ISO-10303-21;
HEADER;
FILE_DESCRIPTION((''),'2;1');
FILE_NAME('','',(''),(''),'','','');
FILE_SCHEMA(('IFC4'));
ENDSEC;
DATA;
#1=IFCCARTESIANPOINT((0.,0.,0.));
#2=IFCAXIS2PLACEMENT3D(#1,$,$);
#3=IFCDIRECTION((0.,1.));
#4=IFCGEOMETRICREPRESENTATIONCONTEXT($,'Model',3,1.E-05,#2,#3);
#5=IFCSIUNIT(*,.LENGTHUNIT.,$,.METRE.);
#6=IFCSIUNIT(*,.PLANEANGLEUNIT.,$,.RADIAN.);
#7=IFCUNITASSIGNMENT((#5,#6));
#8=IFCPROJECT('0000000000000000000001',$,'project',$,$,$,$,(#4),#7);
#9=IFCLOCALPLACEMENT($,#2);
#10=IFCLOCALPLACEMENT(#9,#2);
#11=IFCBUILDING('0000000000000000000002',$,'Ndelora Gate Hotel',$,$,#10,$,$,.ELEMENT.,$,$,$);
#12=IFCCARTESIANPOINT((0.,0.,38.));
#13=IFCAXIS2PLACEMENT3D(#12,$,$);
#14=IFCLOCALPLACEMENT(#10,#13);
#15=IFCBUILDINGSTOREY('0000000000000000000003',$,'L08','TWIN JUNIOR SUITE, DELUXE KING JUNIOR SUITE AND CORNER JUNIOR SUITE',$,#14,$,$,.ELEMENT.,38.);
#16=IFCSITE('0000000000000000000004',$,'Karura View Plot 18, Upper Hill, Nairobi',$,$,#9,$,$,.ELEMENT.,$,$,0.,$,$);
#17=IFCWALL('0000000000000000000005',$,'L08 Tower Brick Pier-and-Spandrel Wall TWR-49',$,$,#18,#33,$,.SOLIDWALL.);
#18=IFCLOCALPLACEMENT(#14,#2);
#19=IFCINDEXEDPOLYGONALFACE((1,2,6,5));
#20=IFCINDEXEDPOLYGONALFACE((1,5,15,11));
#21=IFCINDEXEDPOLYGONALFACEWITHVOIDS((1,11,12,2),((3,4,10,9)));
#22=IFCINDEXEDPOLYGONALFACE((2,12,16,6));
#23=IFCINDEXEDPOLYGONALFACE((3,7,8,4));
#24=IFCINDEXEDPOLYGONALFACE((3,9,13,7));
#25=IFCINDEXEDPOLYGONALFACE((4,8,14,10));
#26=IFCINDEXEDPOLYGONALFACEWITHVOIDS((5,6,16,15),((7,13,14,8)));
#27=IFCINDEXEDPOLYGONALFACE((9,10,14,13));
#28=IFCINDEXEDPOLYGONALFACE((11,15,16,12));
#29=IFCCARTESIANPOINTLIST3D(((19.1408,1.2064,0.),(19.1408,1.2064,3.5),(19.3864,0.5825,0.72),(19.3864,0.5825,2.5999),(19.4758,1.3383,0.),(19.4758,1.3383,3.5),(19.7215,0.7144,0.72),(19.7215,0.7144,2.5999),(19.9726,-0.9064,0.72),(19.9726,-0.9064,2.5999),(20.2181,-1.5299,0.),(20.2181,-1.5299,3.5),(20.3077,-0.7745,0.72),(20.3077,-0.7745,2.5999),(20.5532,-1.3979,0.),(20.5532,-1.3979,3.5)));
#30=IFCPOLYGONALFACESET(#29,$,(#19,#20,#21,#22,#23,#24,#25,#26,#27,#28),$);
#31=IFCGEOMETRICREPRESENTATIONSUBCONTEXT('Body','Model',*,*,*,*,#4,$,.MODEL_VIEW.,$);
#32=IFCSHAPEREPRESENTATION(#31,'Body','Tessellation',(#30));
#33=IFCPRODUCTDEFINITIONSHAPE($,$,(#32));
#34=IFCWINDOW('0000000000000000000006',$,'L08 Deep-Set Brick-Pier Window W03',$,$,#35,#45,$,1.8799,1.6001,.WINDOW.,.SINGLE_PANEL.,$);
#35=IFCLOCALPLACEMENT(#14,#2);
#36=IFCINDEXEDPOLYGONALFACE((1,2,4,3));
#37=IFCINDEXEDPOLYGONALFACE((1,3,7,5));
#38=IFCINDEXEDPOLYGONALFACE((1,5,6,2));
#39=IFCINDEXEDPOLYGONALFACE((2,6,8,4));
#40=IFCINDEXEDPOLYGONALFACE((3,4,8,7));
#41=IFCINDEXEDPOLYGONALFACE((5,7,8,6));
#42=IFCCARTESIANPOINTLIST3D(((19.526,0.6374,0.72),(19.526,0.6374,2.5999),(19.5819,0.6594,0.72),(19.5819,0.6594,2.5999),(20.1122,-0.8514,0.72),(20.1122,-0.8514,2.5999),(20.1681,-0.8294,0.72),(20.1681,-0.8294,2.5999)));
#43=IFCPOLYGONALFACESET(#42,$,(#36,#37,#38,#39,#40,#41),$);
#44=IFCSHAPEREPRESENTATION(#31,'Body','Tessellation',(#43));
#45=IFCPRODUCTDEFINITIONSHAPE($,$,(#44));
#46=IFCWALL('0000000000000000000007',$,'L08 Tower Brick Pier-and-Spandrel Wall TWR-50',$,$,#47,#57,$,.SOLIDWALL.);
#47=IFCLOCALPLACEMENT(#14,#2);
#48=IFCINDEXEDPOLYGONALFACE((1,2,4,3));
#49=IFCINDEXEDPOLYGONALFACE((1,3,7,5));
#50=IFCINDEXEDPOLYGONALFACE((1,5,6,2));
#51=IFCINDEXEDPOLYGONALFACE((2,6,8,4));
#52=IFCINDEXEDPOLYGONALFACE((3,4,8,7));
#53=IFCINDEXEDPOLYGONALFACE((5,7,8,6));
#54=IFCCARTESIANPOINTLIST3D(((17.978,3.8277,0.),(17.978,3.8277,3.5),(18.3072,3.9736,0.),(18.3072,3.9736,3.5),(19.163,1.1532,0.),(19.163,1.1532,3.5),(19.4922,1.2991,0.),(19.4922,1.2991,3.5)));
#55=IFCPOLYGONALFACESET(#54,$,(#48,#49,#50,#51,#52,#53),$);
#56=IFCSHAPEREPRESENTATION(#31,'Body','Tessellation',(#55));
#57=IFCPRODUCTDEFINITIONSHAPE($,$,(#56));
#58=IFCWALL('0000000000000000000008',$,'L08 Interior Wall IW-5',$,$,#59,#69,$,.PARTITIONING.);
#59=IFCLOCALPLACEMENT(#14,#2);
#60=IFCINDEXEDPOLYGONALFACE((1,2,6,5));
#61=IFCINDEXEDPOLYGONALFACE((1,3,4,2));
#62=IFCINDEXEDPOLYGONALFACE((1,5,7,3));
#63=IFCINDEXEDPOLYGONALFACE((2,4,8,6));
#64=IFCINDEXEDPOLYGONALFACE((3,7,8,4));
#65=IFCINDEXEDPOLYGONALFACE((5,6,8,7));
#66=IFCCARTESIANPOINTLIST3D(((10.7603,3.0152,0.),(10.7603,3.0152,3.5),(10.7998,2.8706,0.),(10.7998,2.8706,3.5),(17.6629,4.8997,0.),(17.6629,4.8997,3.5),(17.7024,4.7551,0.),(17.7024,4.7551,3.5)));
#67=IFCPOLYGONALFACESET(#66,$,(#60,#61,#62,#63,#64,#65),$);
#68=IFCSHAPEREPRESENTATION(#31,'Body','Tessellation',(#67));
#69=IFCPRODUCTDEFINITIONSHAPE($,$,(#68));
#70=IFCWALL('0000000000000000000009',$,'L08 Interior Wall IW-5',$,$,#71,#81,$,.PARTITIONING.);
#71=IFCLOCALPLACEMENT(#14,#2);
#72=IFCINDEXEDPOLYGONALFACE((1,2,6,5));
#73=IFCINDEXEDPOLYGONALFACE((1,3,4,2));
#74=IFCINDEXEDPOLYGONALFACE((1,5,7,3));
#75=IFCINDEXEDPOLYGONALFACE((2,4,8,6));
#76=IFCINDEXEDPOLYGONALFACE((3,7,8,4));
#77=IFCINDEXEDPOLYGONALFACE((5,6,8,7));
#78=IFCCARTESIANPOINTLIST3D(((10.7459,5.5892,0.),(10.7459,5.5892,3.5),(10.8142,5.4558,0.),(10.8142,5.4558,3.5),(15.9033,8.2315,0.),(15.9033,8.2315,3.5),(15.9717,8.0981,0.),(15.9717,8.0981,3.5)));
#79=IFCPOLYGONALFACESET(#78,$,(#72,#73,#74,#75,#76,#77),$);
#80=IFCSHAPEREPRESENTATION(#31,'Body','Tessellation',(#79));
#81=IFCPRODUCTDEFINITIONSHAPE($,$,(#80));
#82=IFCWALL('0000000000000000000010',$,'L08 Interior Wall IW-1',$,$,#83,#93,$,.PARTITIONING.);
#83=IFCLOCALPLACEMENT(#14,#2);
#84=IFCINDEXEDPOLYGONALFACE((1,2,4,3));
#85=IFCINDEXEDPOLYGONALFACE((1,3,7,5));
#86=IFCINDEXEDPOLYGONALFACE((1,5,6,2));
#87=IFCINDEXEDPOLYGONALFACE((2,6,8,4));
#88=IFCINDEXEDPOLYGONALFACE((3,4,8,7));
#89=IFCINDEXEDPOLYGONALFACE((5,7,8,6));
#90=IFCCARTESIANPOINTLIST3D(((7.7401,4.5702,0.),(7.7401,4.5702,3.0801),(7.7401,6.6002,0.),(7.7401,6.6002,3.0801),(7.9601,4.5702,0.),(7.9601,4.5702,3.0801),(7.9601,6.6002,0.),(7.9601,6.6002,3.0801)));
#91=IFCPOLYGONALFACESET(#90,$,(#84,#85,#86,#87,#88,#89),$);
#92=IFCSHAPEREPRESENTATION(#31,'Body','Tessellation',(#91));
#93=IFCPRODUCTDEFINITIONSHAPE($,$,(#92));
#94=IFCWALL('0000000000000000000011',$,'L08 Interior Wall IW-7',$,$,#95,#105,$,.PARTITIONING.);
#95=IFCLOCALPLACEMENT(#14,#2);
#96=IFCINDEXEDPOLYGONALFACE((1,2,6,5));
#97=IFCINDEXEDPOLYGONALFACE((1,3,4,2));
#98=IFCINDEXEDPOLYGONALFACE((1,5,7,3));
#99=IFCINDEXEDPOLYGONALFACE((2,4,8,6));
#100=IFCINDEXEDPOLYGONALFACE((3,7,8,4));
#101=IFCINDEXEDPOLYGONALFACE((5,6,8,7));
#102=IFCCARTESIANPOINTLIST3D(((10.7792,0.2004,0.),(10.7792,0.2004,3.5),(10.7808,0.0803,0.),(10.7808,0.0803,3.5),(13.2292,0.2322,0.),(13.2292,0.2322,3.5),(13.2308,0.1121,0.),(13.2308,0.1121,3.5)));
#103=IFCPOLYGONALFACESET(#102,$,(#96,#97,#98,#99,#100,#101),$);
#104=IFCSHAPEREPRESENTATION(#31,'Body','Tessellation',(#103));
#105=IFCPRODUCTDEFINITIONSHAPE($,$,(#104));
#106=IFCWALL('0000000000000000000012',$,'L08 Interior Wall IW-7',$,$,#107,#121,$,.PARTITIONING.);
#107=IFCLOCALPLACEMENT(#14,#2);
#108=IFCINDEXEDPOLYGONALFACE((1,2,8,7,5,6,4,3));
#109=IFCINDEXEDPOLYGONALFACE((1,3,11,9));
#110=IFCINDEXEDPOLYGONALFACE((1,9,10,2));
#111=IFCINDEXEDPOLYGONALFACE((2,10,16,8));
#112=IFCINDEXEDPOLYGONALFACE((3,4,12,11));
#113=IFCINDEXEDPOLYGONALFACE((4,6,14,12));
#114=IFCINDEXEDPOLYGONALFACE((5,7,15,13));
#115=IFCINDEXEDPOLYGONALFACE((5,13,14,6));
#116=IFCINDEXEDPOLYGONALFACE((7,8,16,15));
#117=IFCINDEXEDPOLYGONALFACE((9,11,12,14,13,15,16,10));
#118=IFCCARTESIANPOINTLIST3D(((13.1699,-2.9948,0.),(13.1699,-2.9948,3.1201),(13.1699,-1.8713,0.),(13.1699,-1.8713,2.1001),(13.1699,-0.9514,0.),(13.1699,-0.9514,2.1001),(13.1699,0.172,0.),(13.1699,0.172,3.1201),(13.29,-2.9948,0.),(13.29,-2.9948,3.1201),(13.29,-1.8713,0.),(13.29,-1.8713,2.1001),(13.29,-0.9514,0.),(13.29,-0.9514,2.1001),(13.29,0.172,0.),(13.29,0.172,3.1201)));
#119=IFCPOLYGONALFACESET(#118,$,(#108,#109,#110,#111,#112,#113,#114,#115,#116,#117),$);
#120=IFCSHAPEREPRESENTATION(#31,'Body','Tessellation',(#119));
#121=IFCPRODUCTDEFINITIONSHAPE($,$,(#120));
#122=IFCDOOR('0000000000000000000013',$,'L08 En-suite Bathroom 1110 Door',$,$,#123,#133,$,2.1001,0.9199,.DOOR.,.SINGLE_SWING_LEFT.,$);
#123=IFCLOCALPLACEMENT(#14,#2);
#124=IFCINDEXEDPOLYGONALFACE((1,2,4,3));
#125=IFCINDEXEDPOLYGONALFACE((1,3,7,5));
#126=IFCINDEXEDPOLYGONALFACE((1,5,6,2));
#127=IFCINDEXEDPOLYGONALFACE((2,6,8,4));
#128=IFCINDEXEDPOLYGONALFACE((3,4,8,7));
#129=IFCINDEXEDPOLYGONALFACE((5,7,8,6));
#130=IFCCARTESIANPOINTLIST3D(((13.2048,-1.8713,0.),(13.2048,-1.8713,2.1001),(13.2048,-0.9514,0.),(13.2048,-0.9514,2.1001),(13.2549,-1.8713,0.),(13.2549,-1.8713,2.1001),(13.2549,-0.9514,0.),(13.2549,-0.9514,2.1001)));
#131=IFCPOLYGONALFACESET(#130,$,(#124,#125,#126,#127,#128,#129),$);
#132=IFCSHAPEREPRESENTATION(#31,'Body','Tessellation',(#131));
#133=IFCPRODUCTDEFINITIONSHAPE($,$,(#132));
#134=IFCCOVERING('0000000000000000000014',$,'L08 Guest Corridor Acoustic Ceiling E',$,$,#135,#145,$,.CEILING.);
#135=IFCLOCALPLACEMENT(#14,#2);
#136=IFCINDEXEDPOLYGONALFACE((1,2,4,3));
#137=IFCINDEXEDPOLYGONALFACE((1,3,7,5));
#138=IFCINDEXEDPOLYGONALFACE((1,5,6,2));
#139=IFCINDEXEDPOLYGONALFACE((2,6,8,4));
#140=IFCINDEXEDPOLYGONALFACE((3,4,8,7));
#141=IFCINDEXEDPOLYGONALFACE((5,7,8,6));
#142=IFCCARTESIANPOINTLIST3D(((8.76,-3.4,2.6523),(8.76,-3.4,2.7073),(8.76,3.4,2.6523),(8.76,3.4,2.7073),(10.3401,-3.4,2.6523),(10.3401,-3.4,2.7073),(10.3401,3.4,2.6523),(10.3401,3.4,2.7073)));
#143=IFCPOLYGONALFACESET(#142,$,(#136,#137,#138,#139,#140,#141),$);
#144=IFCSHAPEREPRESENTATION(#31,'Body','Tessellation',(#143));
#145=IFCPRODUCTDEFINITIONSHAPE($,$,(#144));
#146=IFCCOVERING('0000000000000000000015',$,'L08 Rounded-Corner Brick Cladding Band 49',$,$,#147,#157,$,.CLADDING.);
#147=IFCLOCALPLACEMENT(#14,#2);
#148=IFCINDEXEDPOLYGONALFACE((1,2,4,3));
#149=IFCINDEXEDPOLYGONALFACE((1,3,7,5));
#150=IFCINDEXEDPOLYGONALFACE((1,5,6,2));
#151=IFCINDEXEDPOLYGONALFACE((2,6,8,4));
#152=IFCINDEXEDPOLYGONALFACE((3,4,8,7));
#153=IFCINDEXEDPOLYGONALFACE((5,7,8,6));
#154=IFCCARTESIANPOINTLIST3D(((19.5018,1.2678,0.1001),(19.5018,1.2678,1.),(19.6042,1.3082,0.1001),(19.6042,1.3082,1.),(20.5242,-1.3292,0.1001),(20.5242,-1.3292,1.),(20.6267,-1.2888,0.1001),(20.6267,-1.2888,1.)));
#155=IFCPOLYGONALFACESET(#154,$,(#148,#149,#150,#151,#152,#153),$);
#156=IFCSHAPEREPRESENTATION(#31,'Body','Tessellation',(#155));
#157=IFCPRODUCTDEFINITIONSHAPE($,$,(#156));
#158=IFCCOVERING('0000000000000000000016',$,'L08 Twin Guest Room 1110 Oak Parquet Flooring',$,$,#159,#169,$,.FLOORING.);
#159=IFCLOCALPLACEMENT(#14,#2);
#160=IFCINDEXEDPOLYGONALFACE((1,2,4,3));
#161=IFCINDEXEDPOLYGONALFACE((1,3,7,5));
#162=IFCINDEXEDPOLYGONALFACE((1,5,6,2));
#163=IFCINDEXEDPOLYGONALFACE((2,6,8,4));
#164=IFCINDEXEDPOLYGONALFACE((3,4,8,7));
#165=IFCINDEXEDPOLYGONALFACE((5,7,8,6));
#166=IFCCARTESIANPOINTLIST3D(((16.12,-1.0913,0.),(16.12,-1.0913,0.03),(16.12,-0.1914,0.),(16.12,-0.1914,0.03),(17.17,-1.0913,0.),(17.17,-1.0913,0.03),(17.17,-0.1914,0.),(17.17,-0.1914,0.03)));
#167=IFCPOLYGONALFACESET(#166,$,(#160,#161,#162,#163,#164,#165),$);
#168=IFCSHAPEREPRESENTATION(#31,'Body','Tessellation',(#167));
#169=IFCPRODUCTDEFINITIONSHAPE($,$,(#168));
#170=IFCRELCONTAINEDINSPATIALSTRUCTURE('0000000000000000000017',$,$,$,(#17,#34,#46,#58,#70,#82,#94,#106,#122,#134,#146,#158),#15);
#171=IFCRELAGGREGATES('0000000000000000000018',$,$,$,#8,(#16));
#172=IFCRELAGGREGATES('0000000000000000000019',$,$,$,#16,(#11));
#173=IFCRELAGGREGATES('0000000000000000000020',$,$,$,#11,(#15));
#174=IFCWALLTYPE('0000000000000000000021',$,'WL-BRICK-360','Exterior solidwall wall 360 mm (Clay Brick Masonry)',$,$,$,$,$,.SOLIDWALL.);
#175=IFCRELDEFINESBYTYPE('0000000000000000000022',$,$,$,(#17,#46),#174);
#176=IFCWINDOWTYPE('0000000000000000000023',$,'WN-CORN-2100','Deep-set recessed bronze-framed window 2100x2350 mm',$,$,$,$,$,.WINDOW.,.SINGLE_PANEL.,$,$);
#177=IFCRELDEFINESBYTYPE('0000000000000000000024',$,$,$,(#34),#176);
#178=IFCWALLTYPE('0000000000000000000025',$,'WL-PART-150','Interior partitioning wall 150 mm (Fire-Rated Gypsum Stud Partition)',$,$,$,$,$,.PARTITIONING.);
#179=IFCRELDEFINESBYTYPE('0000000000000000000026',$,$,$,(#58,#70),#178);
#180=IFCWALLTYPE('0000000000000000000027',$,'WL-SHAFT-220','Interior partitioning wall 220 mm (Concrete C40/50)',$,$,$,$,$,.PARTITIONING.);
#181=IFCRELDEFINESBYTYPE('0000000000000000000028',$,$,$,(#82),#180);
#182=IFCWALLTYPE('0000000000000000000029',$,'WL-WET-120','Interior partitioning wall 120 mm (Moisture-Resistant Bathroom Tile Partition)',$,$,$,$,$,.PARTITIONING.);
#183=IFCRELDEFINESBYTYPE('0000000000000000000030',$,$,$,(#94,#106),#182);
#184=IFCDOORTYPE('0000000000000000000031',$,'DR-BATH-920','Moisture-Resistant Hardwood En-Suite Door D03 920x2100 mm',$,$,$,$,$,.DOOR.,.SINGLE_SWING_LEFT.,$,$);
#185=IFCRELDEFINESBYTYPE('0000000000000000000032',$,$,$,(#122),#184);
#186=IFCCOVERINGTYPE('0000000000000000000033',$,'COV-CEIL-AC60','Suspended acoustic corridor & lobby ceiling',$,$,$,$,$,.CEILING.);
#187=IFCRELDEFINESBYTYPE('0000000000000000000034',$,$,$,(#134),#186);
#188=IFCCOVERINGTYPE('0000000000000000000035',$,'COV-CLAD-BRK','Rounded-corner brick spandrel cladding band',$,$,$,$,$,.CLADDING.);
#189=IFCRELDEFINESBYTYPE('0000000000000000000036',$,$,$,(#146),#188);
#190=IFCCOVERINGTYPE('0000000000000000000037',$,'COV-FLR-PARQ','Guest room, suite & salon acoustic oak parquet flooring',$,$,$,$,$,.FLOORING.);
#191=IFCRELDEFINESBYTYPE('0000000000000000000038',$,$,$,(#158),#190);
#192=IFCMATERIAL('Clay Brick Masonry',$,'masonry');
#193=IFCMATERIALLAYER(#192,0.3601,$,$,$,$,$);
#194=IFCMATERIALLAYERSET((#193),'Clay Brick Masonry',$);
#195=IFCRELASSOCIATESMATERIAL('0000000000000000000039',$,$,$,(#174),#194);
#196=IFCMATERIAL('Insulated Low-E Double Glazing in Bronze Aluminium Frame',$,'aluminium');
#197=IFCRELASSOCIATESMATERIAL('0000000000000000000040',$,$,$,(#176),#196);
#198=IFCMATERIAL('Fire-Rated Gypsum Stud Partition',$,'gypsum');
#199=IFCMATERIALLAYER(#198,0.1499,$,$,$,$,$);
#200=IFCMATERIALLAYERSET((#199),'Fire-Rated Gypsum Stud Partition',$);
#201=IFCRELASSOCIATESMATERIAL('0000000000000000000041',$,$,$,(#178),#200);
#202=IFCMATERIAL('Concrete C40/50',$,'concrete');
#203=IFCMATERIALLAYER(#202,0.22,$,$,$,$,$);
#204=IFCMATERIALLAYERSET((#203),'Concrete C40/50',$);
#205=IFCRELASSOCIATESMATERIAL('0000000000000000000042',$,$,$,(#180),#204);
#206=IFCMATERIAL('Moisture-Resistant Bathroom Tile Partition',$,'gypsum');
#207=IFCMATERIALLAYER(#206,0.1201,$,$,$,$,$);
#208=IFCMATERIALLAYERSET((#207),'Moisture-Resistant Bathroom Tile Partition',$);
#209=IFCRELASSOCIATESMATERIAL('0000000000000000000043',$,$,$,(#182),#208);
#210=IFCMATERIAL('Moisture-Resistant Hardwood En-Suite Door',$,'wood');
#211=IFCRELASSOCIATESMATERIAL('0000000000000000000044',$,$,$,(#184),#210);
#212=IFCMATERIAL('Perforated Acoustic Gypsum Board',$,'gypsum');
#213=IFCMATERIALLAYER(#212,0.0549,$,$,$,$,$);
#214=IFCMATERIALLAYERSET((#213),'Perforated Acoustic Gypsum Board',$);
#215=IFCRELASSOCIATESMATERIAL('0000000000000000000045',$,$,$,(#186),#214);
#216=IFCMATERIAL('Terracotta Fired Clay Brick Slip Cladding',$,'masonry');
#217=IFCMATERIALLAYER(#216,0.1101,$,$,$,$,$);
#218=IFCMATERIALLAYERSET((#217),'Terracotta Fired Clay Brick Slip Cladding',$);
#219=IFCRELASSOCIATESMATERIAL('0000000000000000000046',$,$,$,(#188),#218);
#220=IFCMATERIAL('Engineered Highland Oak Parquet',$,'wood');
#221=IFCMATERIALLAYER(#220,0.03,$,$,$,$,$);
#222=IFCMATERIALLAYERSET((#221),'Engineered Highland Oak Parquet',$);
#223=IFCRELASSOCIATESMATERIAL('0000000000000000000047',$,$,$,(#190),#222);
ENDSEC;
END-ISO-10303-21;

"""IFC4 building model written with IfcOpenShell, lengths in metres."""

from ifc_helpers import new_model, si_unit, direction, frame, frame_2d, origin, origin_2d, place, context, subcontext, project, spatial, rectangle, extrude, material, layer, layer_set, type_object, element, fill, save


model = new_model("IFC4")

# Units and contexts
model_context = context("Model", 3, precision=1e-05, world=origin(), true_north=direction((0.0, 1.0)))
body_context = subcontext(model_context, "Body", "Model", "MODEL_VIEW")
ifc_project = project(units=[si_unit("LENGTHUNIT", "METRE"), si_unit("PLANEANGLEUNIT", "RADIAN")], contexts=[model_context])

# Site, building, storey
site_placement = place(None, origin())
site = spatial("IfcSite", under=ifc_project, at=site_placement, Name="Karura View Plot 18, Upper Hill, Nairobi", CompositionType="ELEMENT", RefElevation=0.0)
building_placement = place(site_placement, origin())
building = spatial("IfcBuilding", under=site, at=building_placement, Name="Ndelora Gate Hotel", CompositionType="ELEMENT")
storey_placement = place(building_placement, frame((0.0, 0.0, 38.0)))
storey = spatial("IfcBuildingStorey", under=building, at=storey_placement, Name="L08", Description="TWIN JUNIOR SUITE, DELUXE KING JUNIOR SUITE AND CORNER JUNIOR SUITE", CompositionType="ELEMENT", Elevation=38.0)

# Wall, opening, window
ifc_material_1 = material(Name="Clay Brick Masonry", Category="masonry")
ifc_layer_1 = layer(ifc_material_1, 0.3601)
ifc_layer_set_1 = layer_set([ifc_layer_1], Name="Clay Brick Masonry")
wall_type_1 = type_object("IfcWallType", Name="WL-BRICK-360", Description="Exterior solidwall wall 360 mm (Clay Brick Masonry)", PredefinedType="SOLIDWALL", material=ifc_layer_set_1)
wall_1_placement = place(storey_placement, frame((19.3083, 1.2722, 0.0), z_axis=(0.0, 0.0, 1.0), x_axis=(0.366361, -0.930473, 0.0)))
wall_1 = element("IfcWall", 1, at=wall_1_placement, inside=storey, type_object=wall_type_1, Name="L08 Tower Brick Pier-and-Spandrel Wall TWR-49", PredefinedType="SOLIDWALL", context=body_context, shape_type="SweptSolid", body=[
    extrude(rectangle(XDim=2.9407, YDim=0.3601, at=frame_2d((1.4702, 0.0))), origin(), (0.0, 0.0, 1.0), 3.5),
])
opening_1_placement = place(wall_1_placement, frame((0.6704, 0.0, 0.72)))
opening_1 = element("IfcOpeningElement", 2, at=opening_1_placement, cuts=wall_1, PredefinedType="OPENING", context=body_context, shape_type="SweptSolid", body=[
    extrude(rectangle(XDim=1.6001, YDim=1.8799, at=frame_2d((0.8, 0.9399))), frame((0.0, 0.1899, 0.0), z_axis=(0.0, -1.0, 0.0), x_axis=(1.0, 0.0, 0.0)), (0.0, 0.0, 1.0), 0.3801),
])
ifc_material_2 = material(Name="Insulated Low-E Double Glazing in Bronze Aluminium Frame", Category="aluminium")
window_type = type_object("IfcWindowType", Name="WN-CORN-2100", Description="Deep-set recessed bronze-framed window 2100x2350 mm", PartitioningType="SINGLE_PANEL", PredefinedType="WINDOW", material=ifc_material_2)
window_placement = place(opening_1_placement, origin())
window = element("IfcWindow", 3, at=window_placement, inside=storey, type_object=window_type, Name="L08 Deep-Set Brick-Pier Window W03", OverallHeight=1.8799, OverallWidth=1.6001, PartitioningType="SINGLE_PANEL", PredefinedType="WINDOW", context=body_context, shape_type="SweptSolid", body=[
    extrude(rectangle(XDim=1.6001, YDim=1.8799, at=frame_2d((0.8, 0.9399))), frame((0.0, 0.03, 0.0), z_axis=(0.0, -1.0, 0.0), x_axis=(1.0, 0.0, 0.0)), (0.0, 0.0, 1.0), 0.0601),
])
fill(opening_1, window)

# Wall
wall_2_placement = place(storey_placement, frame((18.1426, 3.9006, 0.0), z_axis=(0.0, 0.0, 1.0), x_axis=(0.405101, -0.914272, 0.0)))
element("IfcWall", 4, at=wall_2_placement, inside=storey, type_object=wall_type_1, Name="L08 Tower Brick Pier-and-Spandrel Wall TWR-50", PredefinedType="SOLIDWALL", context=body_context, shape_type="SweptSolid", body=[
    extrude(rectangle(XDim=2.9253, YDim=0.3601, at=frame_2d((1.4626, 0.0))), origin(), (0.0, 0.0, 1.0), 3.5),
])

# Shared definitions
ifc_material_3 = material(Name="Concrete C40/50", Category="concrete")

# Walls
ifc_material_4 = material(Name="Fire-Rated Gypsum Stud Partition", Category="gypsum")
ifc_layer_2 = layer(ifc_material_4, 0.1499)
ifc_layer_set_2 = layer_set([ifc_layer_2], Name="Fire-Rated Gypsum Stud Partition")
wall_type_2 = type_object("IfcWallType", Name="WL-PART-150", Description="Interior partitioning wall 150 mm (Fire-Rated Gypsum Stud Partition)", PredefinedType="PARTITIONING", material=ifc_layer_set_2)
wall_3_placement = place(storey_placement, frame((10.78, 2.9429, 0.0), z_axis=(0.0, 0.0, 1.0), x_axis=(0.964693, 0.263377, 0.0)))
element("IfcWall", 5, at=wall_3_placement, inside=storey, type_object=wall_type_2, Name="L08 Interior Wall IW-5", PredefinedType="PARTITIONING", context=body_context, shape_type="SweptSolid", body=[
    extrude(rectangle(XDim=7.1553, YDim=0.1499, at=frame_2d((3.5776, 0.0))), origin(), (0.0, 0.0, 1.0), 3.5),
])
wall_4_placement = place(storey_placement, frame((10.78, 5.5225, 0.0), z_axis=(0.0, 0.0, 1.0), x_axis=(0.889994, 0.455972, 0.0)))
element("IfcWall", 6, at=wall_4_placement, inside=storey, type_object=wall_type_2, Name="L08 Interior Wall IW-5", PredefinedType="PARTITIONING", context=body_context, shape_type="SweptSolid", body=[
    extrude(rectangle(XDim=5.7949, YDim=0.1499, at=frame_2d((2.8975, 0.0))), origin(), (0.0, 0.0, 1.0), 3.5),
])
ifc_layer_3 = layer(ifc_material_3, 0.22)
ifc_layer_set_3 = layer_set([ifc_layer_3], Name="Concrete C40/50")
wall_type_3 = type_object("IfcWallType", Name="WL-SHAFT-220", Description="Interior partitioning wall 220 mm (Concrete C40/50)", PredefinedType="PARTITIONING", material=ifc_layer_set_3)
wall_5_placement = place(storey_placement, frame((7.8501, 4.5701, 0.0), z_axis=(0.0, 0.0, 1.0), x_axis=(0.0, 1.0, 0.0)))
element("IfcWall", 7, at=wall_5_placement, inside=storey, type_object=wall_type_3, Name="L08 Interior Wall IW-1", PredefinedType="PARTITIONING", context=body_context, shape_type="SweptSolid", body=[
    extrude(rectangle(XDim=2.03, YDim=0.22, at=frame_2d((1.0151, 0.0))), origin(), (0.0, 0.0, 1.0), 3.0801),
])
ifc_material_5 = material(Name="Moisture-Resistant Bathroom Tile Partition", Category="gypsum")
ifc_layer_4 = layer(ifc_material_5, 0.1201)
ifc_layer_set_4 = layer_set([ifc_layer_4], Name="Moisture-Resistant Bathroom Tile Partition")
wall_type_4 = type_object("IfcWallType", Name="WL-WET-120", Description="Interior partitioning wall 120 mm (Moisture-Resistant Bathroom Tile Partition)", PredefinedType="PARTITIONING", material=ifc_layer_set_4)
wall_6_placement = place(storey_placement, frame((13.23, 0.1721, 0.0), z_axis=(0.0, 0.0, 1.0), x_axis=(-0.999916, -0.012954, 0.0)))
element("IfcWall", 8, at=wall_6_placement, inside=storey, type_object=wall_type_4, Name="L08 Interior Wall IW-7", PredefinedType="PARTITIONING", context=body_context, shape_type="SweptSolid", body=[
    extrude(rectangle(XDim=2.4502, YDim=0.1201, at=frame_2d((1.2251, 0.0))), origin(), (0.0, 0.0, 1.0), 3.5),
])

# Wall, opening, door
wall_7_placement = place(storey_placement, frame((13.23, 0.1721, 0.0), z_axis=(0.0, 0.0, 1.0), x_axis=(0.0, -1.0, 0.0)))
wall_7 = element("IfcWall", 9, at=wall_7_placement, inside=storey, type_object=wall_type_4, Name="L08 Interior Wall IW-7", PredefinedType="PARTITIONING", context=body_context, shape_type="SweptSolid", body=[
    extrude(rectangle(XDim=3.1667, YDim=0.1201, at=frame_2d((1.5835, 0.0))), origin(), (0.0, 0.0, 1.0), 3.1201),
])
opening_2_placement = place(wall_7_placement, frame((1.1235, 0.0, 0.0)))
opening_2 = element("IfcOpeningElement", 10, at=opening_2_placement, cuts=wall_7, PredefinedType="OPENING", context=body_context, shape_type="SweptSolid", body=[
    extrude(rectangle(XDim=0.9199, YDim=2.1001, at=frame_2d((0.46, 1.05))), frame((0.0, 0.0701, 0.0), z_axis=(0.0, -1.0, 0.0), x_axis=(1.0, 0.0, 0.0)), (0.0, 0.0, 1.0), 0.1401),
])
ifc_material_6 = material(Name="Moisture-Resistant Hardwood En-Suite Door", Category="wood")
door_type_1 = type_object("IfcDoorType", Name="DR-BATH-920", Description="Moisture-Resistant Hardwood En-Suite Door D03 920x2100 mm", OperationType="SINGLE_SWING_LEFT", PredefinedType="DOOR", material=ifc_material_6)
door_1_placement = place(opening_2_placement, origin())
door_1 = element("IfcDoor", 11, at=door_1_placement, inside=storey, type_object=door_type_1, Name="L08 En-suite Bathroom 1110 Door", OperationType="SINGLE_SWING_LEFT", OverallHeight=2.1001, OverallWidth=0.9199, PredefinedType="DOOR", context=body_context, shape_type="SweptSolid", body=[
    extrude(rectangle(XDim=0.9199, YDim=2.1001, at=frame_2d((0.46, 1.05))), frame((0.0, 0.0249, 0.0), z_axis=(0.0, -1.0, 0.0), x_axis=(1.0, 0.0, 0.0)), (0.0, 0.0, 1.0), 0.05),
])
fill(opening_2, door_1)

# Coverings
ifc_material_7 = material(Name="Perforated Acoustic Gypsum Board", Category="gypsum")
ifc_layer_5 = layer(ifc_material_7, 0.0549)
ifc_layer_set_5 = layer_set([ifc_layer_5], Name="Perforated Acoustic Gypsum Board")
covering_type_1 = type_object("IfcCoveringType", Name="COV-CEIL-AC60", Description="Suspended acoustic corridor & lobby ceiling", PredefinedType="CEILING", material=ifc_layer_set_5)
covering_1_placement = place(storey_placement, frame((9.55, 0.0, 2.6523), z_axis=(0.0, 0.0, 1.0), x_axis=(1.0, 0.0, 0.0)))
element("IfcCovering", 12, at=covering_1_placement, inside=storey, type_object=covering_type_1, Name="L08 Guest Corridor Acoustic Ceiling E", PredefinedType="CEILING", context=body_context, shape_type="SweptSolid", body=[
    extrude(rectangle(XDim=1.5801, YDim=6.8, at=origin_2d()), origin(), (0.0, 0.0, 1.0), 0.0549),
])
ifc_material_8 = material(Name="Terracotta Fired Clay Brick Slip Cladding", Category="masonry")
ifc_layer_6 = layer(ifc_material_8, 0.1101)
ifc_layer_set_6 = layer_set([ifc_layer_6], Name="Terracotta Fired Clay Brick Slip Cladding")
covering_type_2 = type_object("IfcCoveringType", Name="COV-CLAD-BRK", Description="Rounded-corner brick spandrel cladding band", PredefinedType="CLADDING", material=ifc_layer_set_6)
covering_2_placement = place(storey_placement, frame((20.0642, -0.0105, 0.1001), z_axis=(0.0, 0.0, 1.0), x_axis=(-0.366339, 0.930482, 0.0)))
element("IfcCovering", 13, at=covering_2_placement, inside=storey, type_object=covering_type_2, Name="L08 Rounded-Corner Brick Cladding Band 49", PredefinedType="CLADDING", context=body_context, shape_type="SweptSolid", body=[
    extrude(rectangle(XDim=2.791, YDim=0.1101, at=origin_2d()), origin(), (0.0, 0.0, 1.0), 0.8999),
])
ifc_material_9 = material(Name="Engineered Highland Oak Parquet", Category="wood")
ifc_layer_7 = layer(ifc_material_9, 0.03)
ifc_layer_set_7 = layer_set([ifc_layer_7], Name="Engineered Highland Oak Parquet")
covering_type_3 = type_object("IfcCoveringType", Name="COV-FLR-PARQ", Description="Guest room, suite & salon acoustic oak parquet flooring", PredefinedType="FLOORING", material=ifc_layer_set_7)
covering_3_placement = place(storey_placement, frame((16.645, -0.6414, 0.0), z_axis=(0.0, 0.0, 1.0), x_axis=(1.0, 0.0, 0.0)))
element("IfcCovering", 14, at=covering_3_placement, inside=storey, type_object=covering_type_3, Name="L08 Twin Guest Room 1110 Oak Parquet Flooring", PredefinedType="FLOORING", context=body_context, shape_type="SweptSolid", body=[
    extrude(rectangle(XDim=1.05, YDim=0.8999, at=origin_2d()), origin(), (0.0, 0.0, 1.0), 0.03),
])

save(model, "model.ifc")
